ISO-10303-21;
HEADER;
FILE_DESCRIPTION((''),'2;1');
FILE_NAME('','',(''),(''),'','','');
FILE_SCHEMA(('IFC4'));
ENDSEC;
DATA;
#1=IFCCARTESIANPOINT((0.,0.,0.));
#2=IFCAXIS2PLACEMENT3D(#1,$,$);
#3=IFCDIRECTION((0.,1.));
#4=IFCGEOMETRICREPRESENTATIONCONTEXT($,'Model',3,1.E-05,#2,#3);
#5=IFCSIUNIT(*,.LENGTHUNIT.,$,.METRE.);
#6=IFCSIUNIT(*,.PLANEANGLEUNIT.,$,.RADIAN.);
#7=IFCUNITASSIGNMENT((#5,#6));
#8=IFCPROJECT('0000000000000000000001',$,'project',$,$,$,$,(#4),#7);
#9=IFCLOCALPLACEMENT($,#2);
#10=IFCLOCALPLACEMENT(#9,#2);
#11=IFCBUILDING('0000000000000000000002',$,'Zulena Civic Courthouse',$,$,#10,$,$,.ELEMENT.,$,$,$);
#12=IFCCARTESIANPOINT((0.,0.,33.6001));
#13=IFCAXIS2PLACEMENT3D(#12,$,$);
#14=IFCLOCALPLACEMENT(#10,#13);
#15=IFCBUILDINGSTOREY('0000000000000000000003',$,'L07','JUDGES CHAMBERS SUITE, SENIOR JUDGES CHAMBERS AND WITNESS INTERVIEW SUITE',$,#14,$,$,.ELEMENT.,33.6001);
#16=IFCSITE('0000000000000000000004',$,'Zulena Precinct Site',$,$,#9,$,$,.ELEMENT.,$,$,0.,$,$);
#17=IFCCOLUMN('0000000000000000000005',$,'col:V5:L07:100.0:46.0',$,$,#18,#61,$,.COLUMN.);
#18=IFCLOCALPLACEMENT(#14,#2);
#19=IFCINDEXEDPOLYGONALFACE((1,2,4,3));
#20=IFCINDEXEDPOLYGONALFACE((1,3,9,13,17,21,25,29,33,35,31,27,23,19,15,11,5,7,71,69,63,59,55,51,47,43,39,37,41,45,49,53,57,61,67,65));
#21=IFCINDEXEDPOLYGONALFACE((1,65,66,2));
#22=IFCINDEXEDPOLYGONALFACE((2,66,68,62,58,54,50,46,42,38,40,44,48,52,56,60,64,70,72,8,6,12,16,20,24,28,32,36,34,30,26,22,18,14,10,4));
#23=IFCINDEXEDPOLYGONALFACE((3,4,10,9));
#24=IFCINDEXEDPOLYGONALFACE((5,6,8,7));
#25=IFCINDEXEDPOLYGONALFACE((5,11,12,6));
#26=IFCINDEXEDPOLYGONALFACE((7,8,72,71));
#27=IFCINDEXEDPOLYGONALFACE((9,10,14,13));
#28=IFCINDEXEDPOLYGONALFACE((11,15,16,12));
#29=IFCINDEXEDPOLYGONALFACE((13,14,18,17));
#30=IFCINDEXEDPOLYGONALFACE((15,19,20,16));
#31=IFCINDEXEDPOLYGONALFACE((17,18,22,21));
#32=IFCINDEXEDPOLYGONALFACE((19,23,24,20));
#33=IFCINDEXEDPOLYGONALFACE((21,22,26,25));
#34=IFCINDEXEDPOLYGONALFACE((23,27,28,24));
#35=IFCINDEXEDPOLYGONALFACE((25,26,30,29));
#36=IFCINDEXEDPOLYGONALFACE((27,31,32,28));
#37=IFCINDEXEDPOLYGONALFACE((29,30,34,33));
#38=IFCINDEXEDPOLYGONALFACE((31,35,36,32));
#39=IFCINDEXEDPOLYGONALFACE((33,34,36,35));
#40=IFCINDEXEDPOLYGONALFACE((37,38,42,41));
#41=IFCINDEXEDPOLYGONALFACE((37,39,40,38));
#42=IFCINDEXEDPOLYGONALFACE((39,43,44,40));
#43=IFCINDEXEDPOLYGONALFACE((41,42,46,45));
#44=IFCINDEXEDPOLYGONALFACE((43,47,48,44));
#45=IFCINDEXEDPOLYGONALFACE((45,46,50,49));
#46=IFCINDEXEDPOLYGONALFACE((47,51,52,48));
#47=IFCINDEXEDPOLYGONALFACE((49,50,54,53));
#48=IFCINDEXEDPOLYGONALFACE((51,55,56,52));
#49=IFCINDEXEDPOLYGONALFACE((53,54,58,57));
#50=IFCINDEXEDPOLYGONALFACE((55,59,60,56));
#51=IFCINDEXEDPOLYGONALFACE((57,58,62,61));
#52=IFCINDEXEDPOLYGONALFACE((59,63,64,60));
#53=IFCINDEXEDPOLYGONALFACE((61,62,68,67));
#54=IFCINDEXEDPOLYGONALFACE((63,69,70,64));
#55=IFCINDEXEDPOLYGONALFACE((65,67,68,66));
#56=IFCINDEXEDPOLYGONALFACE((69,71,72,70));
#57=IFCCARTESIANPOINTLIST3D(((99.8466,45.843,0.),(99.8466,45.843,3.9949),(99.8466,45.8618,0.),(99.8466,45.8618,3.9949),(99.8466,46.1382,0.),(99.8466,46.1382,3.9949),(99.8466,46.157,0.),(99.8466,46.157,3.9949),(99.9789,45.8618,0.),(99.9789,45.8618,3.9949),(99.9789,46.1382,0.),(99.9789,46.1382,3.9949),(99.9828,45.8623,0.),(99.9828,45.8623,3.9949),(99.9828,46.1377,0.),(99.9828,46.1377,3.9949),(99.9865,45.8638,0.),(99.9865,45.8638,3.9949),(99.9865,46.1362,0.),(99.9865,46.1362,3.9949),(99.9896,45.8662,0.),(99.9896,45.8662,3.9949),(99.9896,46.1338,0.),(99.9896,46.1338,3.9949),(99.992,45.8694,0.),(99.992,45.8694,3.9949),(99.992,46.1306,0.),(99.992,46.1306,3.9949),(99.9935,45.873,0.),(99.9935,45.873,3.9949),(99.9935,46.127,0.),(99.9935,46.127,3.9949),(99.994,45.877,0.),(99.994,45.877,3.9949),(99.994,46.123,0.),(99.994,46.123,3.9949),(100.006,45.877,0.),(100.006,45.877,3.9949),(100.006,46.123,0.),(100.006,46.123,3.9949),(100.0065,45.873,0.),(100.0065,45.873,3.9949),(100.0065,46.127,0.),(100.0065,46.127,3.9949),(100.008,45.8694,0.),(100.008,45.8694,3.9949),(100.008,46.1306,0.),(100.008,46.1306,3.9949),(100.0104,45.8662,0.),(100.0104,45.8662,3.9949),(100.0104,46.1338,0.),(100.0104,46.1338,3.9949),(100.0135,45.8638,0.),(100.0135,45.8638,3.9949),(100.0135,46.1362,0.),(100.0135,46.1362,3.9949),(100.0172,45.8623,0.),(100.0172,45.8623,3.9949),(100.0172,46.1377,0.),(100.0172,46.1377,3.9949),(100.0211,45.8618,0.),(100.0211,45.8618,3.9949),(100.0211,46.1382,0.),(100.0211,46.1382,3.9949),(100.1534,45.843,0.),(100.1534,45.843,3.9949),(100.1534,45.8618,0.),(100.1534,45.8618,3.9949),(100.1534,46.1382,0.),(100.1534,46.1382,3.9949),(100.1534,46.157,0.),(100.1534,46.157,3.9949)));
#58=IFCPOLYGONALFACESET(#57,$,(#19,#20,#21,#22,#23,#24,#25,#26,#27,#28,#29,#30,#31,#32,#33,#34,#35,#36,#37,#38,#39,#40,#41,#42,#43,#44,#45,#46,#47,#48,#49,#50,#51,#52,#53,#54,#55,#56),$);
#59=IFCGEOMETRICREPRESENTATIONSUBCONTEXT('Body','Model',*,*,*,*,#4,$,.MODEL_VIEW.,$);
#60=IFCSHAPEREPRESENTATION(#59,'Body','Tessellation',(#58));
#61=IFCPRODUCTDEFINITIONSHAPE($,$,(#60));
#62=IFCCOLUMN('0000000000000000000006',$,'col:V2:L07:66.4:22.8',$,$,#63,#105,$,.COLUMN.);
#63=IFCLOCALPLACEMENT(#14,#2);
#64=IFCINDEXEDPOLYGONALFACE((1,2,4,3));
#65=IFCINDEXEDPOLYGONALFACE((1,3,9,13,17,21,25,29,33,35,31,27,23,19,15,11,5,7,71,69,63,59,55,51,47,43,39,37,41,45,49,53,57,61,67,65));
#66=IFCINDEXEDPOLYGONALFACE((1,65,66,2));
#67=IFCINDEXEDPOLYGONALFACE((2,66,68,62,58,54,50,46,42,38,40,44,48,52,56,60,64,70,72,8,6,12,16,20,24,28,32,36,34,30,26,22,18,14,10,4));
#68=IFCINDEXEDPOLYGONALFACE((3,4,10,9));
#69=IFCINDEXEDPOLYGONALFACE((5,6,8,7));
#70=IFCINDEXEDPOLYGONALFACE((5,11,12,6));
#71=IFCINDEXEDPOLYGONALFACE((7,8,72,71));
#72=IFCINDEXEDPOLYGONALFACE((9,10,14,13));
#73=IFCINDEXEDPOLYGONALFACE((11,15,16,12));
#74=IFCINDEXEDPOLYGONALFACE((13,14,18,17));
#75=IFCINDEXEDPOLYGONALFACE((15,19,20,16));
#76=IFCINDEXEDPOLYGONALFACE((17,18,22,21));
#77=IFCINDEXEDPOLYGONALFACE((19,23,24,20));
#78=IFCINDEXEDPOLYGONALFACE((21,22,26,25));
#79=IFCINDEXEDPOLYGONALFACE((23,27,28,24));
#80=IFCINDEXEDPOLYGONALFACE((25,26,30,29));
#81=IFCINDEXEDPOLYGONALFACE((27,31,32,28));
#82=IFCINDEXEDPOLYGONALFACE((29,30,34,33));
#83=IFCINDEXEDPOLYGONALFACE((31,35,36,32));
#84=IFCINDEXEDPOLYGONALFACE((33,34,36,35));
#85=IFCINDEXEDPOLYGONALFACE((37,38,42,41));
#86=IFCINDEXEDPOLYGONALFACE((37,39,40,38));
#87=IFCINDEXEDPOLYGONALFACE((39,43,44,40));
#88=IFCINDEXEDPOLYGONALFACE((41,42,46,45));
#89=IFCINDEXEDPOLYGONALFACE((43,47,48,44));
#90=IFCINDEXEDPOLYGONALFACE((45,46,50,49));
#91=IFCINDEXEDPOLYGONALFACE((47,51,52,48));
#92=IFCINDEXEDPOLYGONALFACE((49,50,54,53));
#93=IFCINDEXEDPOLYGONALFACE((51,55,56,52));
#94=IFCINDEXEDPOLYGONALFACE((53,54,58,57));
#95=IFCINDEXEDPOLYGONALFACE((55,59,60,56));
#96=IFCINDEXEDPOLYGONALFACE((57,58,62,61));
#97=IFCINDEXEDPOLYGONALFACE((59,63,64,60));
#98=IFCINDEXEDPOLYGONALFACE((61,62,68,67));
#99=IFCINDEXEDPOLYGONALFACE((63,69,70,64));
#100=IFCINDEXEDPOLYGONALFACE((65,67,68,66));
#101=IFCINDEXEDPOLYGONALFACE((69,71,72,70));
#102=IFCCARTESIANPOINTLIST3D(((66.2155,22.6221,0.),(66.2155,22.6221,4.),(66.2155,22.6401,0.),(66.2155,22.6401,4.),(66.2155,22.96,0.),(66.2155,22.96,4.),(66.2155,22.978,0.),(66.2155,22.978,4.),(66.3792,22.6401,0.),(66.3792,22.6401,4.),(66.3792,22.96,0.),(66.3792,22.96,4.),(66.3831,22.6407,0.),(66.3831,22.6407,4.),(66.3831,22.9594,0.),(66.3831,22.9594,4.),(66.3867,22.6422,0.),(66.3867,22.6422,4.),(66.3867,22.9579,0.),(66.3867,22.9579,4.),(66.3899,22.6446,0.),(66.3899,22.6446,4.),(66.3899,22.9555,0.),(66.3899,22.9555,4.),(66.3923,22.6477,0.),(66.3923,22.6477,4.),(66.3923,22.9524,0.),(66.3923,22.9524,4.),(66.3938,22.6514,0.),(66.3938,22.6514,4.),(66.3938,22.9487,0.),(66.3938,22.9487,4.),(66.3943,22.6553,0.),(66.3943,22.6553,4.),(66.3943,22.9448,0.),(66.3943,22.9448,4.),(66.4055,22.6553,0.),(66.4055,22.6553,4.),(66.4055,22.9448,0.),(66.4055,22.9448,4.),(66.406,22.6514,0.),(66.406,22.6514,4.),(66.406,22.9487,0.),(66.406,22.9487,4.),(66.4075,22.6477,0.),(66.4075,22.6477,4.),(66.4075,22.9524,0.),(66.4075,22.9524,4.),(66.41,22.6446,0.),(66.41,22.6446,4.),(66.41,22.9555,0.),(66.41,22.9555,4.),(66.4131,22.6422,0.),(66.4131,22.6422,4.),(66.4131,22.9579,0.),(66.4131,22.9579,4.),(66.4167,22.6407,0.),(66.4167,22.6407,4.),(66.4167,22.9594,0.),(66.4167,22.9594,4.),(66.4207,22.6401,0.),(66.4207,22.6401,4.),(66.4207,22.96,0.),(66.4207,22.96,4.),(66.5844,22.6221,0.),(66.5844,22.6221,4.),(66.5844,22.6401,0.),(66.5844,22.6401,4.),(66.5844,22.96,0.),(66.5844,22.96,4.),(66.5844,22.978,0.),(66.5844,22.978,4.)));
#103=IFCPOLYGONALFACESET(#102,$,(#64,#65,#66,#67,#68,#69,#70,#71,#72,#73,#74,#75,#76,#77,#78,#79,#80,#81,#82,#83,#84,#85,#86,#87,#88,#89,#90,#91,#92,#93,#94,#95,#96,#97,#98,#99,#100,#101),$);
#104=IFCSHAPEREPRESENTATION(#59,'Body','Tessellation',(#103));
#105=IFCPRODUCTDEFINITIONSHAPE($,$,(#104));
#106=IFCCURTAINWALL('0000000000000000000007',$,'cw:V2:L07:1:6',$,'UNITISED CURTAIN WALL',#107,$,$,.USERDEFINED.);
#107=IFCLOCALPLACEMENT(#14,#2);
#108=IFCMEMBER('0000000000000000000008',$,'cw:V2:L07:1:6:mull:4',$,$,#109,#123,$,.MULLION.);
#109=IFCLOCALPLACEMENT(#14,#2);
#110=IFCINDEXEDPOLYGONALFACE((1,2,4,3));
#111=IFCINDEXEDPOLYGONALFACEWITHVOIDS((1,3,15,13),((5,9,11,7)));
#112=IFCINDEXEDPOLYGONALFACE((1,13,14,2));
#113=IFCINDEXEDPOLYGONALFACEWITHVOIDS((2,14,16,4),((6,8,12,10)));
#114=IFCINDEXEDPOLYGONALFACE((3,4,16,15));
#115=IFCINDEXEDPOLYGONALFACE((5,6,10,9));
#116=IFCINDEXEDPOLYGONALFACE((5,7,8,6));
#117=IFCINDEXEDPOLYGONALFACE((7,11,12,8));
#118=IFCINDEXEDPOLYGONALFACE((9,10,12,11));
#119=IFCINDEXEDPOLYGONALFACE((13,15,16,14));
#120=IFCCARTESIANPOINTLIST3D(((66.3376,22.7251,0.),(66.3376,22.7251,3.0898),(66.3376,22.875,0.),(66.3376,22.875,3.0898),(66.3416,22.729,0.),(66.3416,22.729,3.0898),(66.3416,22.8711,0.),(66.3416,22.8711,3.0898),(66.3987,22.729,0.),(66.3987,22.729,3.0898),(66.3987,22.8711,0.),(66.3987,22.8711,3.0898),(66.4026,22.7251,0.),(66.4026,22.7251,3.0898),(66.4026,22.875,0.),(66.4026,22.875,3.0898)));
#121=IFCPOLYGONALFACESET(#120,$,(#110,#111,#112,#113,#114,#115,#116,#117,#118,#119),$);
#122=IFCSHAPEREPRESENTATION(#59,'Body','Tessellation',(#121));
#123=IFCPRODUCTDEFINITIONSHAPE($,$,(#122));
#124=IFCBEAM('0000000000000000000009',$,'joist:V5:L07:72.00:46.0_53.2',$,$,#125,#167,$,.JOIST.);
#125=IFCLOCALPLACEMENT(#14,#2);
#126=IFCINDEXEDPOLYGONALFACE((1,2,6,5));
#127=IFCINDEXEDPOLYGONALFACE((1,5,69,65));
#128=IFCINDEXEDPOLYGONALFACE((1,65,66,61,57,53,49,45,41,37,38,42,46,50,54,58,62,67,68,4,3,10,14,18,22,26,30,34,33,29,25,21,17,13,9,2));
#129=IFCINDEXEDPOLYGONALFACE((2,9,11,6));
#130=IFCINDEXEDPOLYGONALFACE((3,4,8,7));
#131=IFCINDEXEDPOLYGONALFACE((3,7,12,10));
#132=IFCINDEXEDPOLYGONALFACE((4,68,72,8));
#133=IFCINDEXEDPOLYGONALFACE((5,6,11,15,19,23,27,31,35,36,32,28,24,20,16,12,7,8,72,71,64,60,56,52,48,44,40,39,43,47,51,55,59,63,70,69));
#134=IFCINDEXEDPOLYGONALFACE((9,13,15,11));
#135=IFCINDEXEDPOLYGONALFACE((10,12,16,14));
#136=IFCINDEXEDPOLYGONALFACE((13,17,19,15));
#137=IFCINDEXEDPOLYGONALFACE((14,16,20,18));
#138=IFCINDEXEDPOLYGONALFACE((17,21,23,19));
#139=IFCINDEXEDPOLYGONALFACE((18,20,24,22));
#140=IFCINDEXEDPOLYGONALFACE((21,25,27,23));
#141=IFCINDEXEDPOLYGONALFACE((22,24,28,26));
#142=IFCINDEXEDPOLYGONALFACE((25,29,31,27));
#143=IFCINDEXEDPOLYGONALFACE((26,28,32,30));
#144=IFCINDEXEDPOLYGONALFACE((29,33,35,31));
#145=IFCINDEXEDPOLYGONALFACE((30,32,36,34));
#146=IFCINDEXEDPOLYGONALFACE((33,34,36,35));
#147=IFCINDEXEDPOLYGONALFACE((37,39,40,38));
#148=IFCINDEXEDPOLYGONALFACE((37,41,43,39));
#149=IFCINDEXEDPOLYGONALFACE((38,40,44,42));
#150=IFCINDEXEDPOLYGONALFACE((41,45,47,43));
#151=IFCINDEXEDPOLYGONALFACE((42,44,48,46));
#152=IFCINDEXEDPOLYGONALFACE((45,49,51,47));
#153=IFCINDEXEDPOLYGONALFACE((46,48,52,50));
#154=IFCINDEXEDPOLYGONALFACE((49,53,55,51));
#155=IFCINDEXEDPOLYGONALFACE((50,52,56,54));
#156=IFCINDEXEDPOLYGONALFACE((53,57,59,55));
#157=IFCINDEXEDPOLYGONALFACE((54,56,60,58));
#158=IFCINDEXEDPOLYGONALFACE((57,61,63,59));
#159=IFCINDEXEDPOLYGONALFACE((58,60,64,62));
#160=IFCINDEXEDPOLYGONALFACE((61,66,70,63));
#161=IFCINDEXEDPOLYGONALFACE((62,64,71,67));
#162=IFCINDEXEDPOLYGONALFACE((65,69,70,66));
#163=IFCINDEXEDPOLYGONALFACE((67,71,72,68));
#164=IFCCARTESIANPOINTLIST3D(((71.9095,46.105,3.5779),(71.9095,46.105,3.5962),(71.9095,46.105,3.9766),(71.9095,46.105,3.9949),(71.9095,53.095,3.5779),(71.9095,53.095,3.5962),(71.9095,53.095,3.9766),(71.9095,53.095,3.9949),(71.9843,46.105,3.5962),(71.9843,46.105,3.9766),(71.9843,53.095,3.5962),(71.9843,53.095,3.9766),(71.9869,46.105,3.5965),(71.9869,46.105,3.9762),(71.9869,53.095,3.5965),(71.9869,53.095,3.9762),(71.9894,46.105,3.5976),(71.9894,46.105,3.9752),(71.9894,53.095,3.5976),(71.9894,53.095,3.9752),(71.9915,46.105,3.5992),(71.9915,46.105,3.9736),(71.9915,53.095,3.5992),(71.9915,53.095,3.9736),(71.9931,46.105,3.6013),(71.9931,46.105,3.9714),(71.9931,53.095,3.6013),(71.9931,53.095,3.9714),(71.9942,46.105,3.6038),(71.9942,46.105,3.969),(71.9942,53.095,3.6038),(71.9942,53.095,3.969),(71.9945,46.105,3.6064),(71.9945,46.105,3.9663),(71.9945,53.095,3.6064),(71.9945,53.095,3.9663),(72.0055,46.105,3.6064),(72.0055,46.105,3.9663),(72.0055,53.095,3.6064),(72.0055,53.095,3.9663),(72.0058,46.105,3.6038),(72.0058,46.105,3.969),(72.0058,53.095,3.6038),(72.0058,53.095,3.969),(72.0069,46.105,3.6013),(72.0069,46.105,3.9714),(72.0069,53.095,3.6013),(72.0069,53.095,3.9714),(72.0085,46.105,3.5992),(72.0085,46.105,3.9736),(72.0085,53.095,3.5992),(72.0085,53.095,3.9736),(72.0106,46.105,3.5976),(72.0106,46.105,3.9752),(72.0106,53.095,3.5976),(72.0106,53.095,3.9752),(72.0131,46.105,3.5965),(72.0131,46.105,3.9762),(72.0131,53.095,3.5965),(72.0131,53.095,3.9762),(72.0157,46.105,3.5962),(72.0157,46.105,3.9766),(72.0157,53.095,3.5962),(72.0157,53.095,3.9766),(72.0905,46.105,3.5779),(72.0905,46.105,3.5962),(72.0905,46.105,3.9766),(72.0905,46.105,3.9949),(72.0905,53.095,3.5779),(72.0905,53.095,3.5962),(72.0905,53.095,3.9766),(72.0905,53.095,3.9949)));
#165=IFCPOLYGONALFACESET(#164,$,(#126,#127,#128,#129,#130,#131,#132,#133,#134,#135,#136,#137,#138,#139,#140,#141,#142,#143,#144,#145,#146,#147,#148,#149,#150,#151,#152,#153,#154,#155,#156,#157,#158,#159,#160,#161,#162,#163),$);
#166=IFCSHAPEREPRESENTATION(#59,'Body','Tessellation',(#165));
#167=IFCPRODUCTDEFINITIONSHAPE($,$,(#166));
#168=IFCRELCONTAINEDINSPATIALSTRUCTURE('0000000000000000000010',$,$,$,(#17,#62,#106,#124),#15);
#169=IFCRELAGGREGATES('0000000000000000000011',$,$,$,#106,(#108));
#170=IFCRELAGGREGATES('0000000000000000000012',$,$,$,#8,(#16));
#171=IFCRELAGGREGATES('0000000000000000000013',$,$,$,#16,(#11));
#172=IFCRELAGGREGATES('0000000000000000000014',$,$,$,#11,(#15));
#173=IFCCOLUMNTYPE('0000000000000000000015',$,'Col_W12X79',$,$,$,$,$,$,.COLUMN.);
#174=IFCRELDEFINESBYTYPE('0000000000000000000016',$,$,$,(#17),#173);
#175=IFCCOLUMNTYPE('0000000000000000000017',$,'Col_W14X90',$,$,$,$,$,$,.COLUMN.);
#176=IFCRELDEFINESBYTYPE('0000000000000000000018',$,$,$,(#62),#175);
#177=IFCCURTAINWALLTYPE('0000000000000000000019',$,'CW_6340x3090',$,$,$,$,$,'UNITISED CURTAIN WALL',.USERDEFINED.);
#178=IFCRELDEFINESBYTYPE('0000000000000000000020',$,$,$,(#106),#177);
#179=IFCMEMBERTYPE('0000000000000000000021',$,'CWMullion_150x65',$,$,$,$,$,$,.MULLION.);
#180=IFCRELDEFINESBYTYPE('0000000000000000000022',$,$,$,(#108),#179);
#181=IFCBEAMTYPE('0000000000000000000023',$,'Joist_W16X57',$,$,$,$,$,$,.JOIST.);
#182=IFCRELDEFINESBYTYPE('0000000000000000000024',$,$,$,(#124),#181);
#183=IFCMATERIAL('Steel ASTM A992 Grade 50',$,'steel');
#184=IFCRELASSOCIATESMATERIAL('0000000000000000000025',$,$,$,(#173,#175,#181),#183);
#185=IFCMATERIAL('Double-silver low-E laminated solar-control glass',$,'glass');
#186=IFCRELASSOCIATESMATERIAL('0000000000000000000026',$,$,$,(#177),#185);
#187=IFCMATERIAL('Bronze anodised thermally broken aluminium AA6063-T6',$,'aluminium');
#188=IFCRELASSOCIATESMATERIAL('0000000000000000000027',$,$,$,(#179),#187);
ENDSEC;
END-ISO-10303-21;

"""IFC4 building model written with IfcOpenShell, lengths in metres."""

from ifc_helpers import new_model, si_unit, direction, frame, origin, origin_2d, place, context, subcontext, project, spatial, hollow_rectangle, i_section, extrude, material, material_profile, profile_set, type_object, element, aggregate, save


model = new_model("IFC4")

# Units and contexts
model_context = context("Model", 3, precision=1e-05, world=origin(), true_north=direction((0.0, 1.0)))
body_context = subcontext(model_context, "Body", "Model", "MODEL_VIEW")
ifc_project = project(units=[si_unit("LENGTHUNIT", "METRE"), si_unit("PLANEANGLEUNIT", "RADIAN")], contexts=[model_context])

# Site, building, storey
site_placement = place(None, origin())
site = spatial("IfcSite", under=ifc_project, at=site_placement, Name="Zulena Precinct Site", CompositionType="ELEMENT", RefElevation=0.0)
building_placement = place(site_placement, origin())
building = spatial("IfcBuilding", under=site, at=building_placement, Name="Zulena Civic Courthouse", CompositionType="ELEMENT")
storey_placement = place(building_placement, frame((0.0, 0.0, 33.6001)))
storey = spatial("IfcBuildingStorey", under=building, at=storey_placement, Name="L07", Description="JUDGES CHAMBERS SUITE, SENIOR JUDGES CHAMBERS AND WITNESS INTERVIEW SUITE", CompositionType="ELEMENT", Elevation=33.6001)

# Columns
ifc_material_1 = material(Name="Steel ASTM A992 Grade 50", Category="steel")
ifc_material_profile_1 = material_profile(ifc_material_1, i_section(OverallWidth=0.3069, OverallDepth=0.314, WebThickness=0.012, FlangeThickness=0.0188, FilletRadius=0.0151, at=origin_2d()), Name="W12X79")
ifc_profile_set_1 = profile_set([ifc_material_profile_1], Name="Steel ASTM A992 Grade 50")
column_type_1 = type_object("IfcColumnType", Name="Col_W12X79", PredefinedType="COLUMN", material=ifc_profile_set_1)
for number, where, z_axis, x_axis, name in (
    (1, (100.0, 46.0, 0.0), (0.0, 0.0, 1.0), (1.0, 0.0, 0.0), "col:V5:L07:100.0:46.0"),
):
    element("IfcColumn", number, at=place(storey_placement, frame(where, z_axis=z_axis, x_axis=x_axis)), inside=storey, type_object=column_type_1, Name=name, PredefinedType="COLUMN", context=body_context, shape_type="SweptSolid", body=[
        extrude(i_section(OverallWidth=0.3069, OverallDepth=0.314, WebThickness=0.012, FlangeThickness=0.0188, FilletRadius=0.0151, at=origin_2d()), origin(), (0.0, 0.0, 1.0), 3.9949),
    ])
ifc_material_profile_2 = material_profile(ifc_material_1, i_section(OverallWidth=0.3689, OverallDepth=0.356, WebThickness=0.0112, FlangeThickness=0.0181, FilletRadius=0.0151, at=origin_2d()), Name="W14X90")
ifc_profile_set_2 = profile_set([ifc_material_profile_2], Name="Steel ASTM A992 Grade 50")
column_type_2 = type_object("IfcColumnType", Name="Col_W14X90", PredefinedType="COLUMN", material=ifc_profile_set_2)
column_placement = place(storey_placement, frame((66.3999, 22.8, 0.0), z_axis=(0.0, 0.0, 1.0), x_axis=(1.0, 0.0, 0.0)))
element("IfcColumn", 2, at=column_placement, inside=storey, type_object=column_type_2, Name="col:V2:L07:66.4:22.8", PredefinedType="COLUMN", context=body_context, shape_type="SweptSolid", body=[
    extrude(i_section(OverallWidth=0.3689, OverallDepth=0.356, WebThickness=0.0112, FlangeThickness=0.0181, FilletRadius=0.0151, at=origin_2d()), origin(), (0.0, 0.0, 1.0), 4.0),
])

# Curtain wall, member
ifc_material_2 = material(Name="Double-silver low-E laminated solar-control glass", Category="glass")
curtain_wall_type = type_object("IfcCurtainWallType", Name="CW_6340x3090", ElementType="UNITISED CURTAIN WALL", PredefinedType="USERDEFINED", material=ifc_material_2)
curtain_wall_placement = place(storey_placement, origin())
curtain_wall = element("IfcCurtainWall", 3, at=curtain_wall_placement, inside=storey, type_object=curtain_wall_type, Name="cw:V2:L07:1:6", ObjectType="UNITISED CURTAIN WALL", PredefinedType="USERDEFINED")
ifc_material_3 = material(Name="Bronze anodised thermally broken aluminium AA6063-T6", Category="aluminium")
ifc_material_profile_3 = material_profile(ifc_material_3, hollow_rectangle(XDim=0.0649, YDim=0.1499, WallThickness=0.0039, at=origin_2d()), Name="CWM150X65X4")
ifc_profile_set_3 = profile_set([ifc_material_profile_3], Name="Bronze anodised thermally broken aluminium AA6063-T6")
member_type = type_object("IfcMemberType", Name="CWMullion_150x65", PredefinedType="MULLION", material=ifc_profile_set_3)
member_placement = place(storey_placement, frame((66.3701, 22.8, 0.0), z_axis=(0.0, 0.0, 1.0), x_axis=(1.0, 0.0, 0.0)))
member = element("IfcMember", 4, at=member_placement, type_object=member_type, Name="cw:V2:L07:1:6:mull:4", PredefinedType="MULLION", context=body_context, shape_type="SweptSolid", body=[
    extrude(hollow_rectangle(XDim=0.0649, YDim=0.1499, WallThickness=0.0039, at=origin_2d()), origin(), (0.0, 0.0, 1.0), 3.0898),
])

# Beam
ifc_material_profile_4 = material_profile(ifc_material_1, i_section(OverallWidth=0.1809, OverallDepth=0.417, WebThickness=0.011, FlangeThickness=0.0183, FilletRadius=0.0103, at=origin_2d()), Name="W16X57")
ifc_profile_set_4 = profile_set([ifc_material_profile_4], Name="Steel ASTM A992 Grade 50")
beam_type_1 = type_object("IfcBeamType", Name="Joist_W16X57", PredefinedType="JOIST", material=ifc_profile_set_4)
beam_placement = place(storey_placement, frame((72.0, 46.105, 3.7864), z_axis=(0.0, 1.0, 0.0), x_axis=(-1.0, 0.0, 0.0)))
element("IfcBeam", 5, at=beam_placement, inside=storey, type_object=beam_type_1, Name="joist:V5:L07:72.00:46.0_53.2", PredefinedType="JOIST", context=body_context, shape_type="SweptSolid", body=[
    extrude(i_section(OverallWidth=0.1809, OverallDepth=0.417, WebThickness=0.011, FlangeThickness=0.0183, FilletRadius=0.0103, at=origin_2d()), origin(), (0.0, 0.0, 1.0), 6.99),
])

aggregate(curtain_wall, [member])

save(model, "model.ifc")
